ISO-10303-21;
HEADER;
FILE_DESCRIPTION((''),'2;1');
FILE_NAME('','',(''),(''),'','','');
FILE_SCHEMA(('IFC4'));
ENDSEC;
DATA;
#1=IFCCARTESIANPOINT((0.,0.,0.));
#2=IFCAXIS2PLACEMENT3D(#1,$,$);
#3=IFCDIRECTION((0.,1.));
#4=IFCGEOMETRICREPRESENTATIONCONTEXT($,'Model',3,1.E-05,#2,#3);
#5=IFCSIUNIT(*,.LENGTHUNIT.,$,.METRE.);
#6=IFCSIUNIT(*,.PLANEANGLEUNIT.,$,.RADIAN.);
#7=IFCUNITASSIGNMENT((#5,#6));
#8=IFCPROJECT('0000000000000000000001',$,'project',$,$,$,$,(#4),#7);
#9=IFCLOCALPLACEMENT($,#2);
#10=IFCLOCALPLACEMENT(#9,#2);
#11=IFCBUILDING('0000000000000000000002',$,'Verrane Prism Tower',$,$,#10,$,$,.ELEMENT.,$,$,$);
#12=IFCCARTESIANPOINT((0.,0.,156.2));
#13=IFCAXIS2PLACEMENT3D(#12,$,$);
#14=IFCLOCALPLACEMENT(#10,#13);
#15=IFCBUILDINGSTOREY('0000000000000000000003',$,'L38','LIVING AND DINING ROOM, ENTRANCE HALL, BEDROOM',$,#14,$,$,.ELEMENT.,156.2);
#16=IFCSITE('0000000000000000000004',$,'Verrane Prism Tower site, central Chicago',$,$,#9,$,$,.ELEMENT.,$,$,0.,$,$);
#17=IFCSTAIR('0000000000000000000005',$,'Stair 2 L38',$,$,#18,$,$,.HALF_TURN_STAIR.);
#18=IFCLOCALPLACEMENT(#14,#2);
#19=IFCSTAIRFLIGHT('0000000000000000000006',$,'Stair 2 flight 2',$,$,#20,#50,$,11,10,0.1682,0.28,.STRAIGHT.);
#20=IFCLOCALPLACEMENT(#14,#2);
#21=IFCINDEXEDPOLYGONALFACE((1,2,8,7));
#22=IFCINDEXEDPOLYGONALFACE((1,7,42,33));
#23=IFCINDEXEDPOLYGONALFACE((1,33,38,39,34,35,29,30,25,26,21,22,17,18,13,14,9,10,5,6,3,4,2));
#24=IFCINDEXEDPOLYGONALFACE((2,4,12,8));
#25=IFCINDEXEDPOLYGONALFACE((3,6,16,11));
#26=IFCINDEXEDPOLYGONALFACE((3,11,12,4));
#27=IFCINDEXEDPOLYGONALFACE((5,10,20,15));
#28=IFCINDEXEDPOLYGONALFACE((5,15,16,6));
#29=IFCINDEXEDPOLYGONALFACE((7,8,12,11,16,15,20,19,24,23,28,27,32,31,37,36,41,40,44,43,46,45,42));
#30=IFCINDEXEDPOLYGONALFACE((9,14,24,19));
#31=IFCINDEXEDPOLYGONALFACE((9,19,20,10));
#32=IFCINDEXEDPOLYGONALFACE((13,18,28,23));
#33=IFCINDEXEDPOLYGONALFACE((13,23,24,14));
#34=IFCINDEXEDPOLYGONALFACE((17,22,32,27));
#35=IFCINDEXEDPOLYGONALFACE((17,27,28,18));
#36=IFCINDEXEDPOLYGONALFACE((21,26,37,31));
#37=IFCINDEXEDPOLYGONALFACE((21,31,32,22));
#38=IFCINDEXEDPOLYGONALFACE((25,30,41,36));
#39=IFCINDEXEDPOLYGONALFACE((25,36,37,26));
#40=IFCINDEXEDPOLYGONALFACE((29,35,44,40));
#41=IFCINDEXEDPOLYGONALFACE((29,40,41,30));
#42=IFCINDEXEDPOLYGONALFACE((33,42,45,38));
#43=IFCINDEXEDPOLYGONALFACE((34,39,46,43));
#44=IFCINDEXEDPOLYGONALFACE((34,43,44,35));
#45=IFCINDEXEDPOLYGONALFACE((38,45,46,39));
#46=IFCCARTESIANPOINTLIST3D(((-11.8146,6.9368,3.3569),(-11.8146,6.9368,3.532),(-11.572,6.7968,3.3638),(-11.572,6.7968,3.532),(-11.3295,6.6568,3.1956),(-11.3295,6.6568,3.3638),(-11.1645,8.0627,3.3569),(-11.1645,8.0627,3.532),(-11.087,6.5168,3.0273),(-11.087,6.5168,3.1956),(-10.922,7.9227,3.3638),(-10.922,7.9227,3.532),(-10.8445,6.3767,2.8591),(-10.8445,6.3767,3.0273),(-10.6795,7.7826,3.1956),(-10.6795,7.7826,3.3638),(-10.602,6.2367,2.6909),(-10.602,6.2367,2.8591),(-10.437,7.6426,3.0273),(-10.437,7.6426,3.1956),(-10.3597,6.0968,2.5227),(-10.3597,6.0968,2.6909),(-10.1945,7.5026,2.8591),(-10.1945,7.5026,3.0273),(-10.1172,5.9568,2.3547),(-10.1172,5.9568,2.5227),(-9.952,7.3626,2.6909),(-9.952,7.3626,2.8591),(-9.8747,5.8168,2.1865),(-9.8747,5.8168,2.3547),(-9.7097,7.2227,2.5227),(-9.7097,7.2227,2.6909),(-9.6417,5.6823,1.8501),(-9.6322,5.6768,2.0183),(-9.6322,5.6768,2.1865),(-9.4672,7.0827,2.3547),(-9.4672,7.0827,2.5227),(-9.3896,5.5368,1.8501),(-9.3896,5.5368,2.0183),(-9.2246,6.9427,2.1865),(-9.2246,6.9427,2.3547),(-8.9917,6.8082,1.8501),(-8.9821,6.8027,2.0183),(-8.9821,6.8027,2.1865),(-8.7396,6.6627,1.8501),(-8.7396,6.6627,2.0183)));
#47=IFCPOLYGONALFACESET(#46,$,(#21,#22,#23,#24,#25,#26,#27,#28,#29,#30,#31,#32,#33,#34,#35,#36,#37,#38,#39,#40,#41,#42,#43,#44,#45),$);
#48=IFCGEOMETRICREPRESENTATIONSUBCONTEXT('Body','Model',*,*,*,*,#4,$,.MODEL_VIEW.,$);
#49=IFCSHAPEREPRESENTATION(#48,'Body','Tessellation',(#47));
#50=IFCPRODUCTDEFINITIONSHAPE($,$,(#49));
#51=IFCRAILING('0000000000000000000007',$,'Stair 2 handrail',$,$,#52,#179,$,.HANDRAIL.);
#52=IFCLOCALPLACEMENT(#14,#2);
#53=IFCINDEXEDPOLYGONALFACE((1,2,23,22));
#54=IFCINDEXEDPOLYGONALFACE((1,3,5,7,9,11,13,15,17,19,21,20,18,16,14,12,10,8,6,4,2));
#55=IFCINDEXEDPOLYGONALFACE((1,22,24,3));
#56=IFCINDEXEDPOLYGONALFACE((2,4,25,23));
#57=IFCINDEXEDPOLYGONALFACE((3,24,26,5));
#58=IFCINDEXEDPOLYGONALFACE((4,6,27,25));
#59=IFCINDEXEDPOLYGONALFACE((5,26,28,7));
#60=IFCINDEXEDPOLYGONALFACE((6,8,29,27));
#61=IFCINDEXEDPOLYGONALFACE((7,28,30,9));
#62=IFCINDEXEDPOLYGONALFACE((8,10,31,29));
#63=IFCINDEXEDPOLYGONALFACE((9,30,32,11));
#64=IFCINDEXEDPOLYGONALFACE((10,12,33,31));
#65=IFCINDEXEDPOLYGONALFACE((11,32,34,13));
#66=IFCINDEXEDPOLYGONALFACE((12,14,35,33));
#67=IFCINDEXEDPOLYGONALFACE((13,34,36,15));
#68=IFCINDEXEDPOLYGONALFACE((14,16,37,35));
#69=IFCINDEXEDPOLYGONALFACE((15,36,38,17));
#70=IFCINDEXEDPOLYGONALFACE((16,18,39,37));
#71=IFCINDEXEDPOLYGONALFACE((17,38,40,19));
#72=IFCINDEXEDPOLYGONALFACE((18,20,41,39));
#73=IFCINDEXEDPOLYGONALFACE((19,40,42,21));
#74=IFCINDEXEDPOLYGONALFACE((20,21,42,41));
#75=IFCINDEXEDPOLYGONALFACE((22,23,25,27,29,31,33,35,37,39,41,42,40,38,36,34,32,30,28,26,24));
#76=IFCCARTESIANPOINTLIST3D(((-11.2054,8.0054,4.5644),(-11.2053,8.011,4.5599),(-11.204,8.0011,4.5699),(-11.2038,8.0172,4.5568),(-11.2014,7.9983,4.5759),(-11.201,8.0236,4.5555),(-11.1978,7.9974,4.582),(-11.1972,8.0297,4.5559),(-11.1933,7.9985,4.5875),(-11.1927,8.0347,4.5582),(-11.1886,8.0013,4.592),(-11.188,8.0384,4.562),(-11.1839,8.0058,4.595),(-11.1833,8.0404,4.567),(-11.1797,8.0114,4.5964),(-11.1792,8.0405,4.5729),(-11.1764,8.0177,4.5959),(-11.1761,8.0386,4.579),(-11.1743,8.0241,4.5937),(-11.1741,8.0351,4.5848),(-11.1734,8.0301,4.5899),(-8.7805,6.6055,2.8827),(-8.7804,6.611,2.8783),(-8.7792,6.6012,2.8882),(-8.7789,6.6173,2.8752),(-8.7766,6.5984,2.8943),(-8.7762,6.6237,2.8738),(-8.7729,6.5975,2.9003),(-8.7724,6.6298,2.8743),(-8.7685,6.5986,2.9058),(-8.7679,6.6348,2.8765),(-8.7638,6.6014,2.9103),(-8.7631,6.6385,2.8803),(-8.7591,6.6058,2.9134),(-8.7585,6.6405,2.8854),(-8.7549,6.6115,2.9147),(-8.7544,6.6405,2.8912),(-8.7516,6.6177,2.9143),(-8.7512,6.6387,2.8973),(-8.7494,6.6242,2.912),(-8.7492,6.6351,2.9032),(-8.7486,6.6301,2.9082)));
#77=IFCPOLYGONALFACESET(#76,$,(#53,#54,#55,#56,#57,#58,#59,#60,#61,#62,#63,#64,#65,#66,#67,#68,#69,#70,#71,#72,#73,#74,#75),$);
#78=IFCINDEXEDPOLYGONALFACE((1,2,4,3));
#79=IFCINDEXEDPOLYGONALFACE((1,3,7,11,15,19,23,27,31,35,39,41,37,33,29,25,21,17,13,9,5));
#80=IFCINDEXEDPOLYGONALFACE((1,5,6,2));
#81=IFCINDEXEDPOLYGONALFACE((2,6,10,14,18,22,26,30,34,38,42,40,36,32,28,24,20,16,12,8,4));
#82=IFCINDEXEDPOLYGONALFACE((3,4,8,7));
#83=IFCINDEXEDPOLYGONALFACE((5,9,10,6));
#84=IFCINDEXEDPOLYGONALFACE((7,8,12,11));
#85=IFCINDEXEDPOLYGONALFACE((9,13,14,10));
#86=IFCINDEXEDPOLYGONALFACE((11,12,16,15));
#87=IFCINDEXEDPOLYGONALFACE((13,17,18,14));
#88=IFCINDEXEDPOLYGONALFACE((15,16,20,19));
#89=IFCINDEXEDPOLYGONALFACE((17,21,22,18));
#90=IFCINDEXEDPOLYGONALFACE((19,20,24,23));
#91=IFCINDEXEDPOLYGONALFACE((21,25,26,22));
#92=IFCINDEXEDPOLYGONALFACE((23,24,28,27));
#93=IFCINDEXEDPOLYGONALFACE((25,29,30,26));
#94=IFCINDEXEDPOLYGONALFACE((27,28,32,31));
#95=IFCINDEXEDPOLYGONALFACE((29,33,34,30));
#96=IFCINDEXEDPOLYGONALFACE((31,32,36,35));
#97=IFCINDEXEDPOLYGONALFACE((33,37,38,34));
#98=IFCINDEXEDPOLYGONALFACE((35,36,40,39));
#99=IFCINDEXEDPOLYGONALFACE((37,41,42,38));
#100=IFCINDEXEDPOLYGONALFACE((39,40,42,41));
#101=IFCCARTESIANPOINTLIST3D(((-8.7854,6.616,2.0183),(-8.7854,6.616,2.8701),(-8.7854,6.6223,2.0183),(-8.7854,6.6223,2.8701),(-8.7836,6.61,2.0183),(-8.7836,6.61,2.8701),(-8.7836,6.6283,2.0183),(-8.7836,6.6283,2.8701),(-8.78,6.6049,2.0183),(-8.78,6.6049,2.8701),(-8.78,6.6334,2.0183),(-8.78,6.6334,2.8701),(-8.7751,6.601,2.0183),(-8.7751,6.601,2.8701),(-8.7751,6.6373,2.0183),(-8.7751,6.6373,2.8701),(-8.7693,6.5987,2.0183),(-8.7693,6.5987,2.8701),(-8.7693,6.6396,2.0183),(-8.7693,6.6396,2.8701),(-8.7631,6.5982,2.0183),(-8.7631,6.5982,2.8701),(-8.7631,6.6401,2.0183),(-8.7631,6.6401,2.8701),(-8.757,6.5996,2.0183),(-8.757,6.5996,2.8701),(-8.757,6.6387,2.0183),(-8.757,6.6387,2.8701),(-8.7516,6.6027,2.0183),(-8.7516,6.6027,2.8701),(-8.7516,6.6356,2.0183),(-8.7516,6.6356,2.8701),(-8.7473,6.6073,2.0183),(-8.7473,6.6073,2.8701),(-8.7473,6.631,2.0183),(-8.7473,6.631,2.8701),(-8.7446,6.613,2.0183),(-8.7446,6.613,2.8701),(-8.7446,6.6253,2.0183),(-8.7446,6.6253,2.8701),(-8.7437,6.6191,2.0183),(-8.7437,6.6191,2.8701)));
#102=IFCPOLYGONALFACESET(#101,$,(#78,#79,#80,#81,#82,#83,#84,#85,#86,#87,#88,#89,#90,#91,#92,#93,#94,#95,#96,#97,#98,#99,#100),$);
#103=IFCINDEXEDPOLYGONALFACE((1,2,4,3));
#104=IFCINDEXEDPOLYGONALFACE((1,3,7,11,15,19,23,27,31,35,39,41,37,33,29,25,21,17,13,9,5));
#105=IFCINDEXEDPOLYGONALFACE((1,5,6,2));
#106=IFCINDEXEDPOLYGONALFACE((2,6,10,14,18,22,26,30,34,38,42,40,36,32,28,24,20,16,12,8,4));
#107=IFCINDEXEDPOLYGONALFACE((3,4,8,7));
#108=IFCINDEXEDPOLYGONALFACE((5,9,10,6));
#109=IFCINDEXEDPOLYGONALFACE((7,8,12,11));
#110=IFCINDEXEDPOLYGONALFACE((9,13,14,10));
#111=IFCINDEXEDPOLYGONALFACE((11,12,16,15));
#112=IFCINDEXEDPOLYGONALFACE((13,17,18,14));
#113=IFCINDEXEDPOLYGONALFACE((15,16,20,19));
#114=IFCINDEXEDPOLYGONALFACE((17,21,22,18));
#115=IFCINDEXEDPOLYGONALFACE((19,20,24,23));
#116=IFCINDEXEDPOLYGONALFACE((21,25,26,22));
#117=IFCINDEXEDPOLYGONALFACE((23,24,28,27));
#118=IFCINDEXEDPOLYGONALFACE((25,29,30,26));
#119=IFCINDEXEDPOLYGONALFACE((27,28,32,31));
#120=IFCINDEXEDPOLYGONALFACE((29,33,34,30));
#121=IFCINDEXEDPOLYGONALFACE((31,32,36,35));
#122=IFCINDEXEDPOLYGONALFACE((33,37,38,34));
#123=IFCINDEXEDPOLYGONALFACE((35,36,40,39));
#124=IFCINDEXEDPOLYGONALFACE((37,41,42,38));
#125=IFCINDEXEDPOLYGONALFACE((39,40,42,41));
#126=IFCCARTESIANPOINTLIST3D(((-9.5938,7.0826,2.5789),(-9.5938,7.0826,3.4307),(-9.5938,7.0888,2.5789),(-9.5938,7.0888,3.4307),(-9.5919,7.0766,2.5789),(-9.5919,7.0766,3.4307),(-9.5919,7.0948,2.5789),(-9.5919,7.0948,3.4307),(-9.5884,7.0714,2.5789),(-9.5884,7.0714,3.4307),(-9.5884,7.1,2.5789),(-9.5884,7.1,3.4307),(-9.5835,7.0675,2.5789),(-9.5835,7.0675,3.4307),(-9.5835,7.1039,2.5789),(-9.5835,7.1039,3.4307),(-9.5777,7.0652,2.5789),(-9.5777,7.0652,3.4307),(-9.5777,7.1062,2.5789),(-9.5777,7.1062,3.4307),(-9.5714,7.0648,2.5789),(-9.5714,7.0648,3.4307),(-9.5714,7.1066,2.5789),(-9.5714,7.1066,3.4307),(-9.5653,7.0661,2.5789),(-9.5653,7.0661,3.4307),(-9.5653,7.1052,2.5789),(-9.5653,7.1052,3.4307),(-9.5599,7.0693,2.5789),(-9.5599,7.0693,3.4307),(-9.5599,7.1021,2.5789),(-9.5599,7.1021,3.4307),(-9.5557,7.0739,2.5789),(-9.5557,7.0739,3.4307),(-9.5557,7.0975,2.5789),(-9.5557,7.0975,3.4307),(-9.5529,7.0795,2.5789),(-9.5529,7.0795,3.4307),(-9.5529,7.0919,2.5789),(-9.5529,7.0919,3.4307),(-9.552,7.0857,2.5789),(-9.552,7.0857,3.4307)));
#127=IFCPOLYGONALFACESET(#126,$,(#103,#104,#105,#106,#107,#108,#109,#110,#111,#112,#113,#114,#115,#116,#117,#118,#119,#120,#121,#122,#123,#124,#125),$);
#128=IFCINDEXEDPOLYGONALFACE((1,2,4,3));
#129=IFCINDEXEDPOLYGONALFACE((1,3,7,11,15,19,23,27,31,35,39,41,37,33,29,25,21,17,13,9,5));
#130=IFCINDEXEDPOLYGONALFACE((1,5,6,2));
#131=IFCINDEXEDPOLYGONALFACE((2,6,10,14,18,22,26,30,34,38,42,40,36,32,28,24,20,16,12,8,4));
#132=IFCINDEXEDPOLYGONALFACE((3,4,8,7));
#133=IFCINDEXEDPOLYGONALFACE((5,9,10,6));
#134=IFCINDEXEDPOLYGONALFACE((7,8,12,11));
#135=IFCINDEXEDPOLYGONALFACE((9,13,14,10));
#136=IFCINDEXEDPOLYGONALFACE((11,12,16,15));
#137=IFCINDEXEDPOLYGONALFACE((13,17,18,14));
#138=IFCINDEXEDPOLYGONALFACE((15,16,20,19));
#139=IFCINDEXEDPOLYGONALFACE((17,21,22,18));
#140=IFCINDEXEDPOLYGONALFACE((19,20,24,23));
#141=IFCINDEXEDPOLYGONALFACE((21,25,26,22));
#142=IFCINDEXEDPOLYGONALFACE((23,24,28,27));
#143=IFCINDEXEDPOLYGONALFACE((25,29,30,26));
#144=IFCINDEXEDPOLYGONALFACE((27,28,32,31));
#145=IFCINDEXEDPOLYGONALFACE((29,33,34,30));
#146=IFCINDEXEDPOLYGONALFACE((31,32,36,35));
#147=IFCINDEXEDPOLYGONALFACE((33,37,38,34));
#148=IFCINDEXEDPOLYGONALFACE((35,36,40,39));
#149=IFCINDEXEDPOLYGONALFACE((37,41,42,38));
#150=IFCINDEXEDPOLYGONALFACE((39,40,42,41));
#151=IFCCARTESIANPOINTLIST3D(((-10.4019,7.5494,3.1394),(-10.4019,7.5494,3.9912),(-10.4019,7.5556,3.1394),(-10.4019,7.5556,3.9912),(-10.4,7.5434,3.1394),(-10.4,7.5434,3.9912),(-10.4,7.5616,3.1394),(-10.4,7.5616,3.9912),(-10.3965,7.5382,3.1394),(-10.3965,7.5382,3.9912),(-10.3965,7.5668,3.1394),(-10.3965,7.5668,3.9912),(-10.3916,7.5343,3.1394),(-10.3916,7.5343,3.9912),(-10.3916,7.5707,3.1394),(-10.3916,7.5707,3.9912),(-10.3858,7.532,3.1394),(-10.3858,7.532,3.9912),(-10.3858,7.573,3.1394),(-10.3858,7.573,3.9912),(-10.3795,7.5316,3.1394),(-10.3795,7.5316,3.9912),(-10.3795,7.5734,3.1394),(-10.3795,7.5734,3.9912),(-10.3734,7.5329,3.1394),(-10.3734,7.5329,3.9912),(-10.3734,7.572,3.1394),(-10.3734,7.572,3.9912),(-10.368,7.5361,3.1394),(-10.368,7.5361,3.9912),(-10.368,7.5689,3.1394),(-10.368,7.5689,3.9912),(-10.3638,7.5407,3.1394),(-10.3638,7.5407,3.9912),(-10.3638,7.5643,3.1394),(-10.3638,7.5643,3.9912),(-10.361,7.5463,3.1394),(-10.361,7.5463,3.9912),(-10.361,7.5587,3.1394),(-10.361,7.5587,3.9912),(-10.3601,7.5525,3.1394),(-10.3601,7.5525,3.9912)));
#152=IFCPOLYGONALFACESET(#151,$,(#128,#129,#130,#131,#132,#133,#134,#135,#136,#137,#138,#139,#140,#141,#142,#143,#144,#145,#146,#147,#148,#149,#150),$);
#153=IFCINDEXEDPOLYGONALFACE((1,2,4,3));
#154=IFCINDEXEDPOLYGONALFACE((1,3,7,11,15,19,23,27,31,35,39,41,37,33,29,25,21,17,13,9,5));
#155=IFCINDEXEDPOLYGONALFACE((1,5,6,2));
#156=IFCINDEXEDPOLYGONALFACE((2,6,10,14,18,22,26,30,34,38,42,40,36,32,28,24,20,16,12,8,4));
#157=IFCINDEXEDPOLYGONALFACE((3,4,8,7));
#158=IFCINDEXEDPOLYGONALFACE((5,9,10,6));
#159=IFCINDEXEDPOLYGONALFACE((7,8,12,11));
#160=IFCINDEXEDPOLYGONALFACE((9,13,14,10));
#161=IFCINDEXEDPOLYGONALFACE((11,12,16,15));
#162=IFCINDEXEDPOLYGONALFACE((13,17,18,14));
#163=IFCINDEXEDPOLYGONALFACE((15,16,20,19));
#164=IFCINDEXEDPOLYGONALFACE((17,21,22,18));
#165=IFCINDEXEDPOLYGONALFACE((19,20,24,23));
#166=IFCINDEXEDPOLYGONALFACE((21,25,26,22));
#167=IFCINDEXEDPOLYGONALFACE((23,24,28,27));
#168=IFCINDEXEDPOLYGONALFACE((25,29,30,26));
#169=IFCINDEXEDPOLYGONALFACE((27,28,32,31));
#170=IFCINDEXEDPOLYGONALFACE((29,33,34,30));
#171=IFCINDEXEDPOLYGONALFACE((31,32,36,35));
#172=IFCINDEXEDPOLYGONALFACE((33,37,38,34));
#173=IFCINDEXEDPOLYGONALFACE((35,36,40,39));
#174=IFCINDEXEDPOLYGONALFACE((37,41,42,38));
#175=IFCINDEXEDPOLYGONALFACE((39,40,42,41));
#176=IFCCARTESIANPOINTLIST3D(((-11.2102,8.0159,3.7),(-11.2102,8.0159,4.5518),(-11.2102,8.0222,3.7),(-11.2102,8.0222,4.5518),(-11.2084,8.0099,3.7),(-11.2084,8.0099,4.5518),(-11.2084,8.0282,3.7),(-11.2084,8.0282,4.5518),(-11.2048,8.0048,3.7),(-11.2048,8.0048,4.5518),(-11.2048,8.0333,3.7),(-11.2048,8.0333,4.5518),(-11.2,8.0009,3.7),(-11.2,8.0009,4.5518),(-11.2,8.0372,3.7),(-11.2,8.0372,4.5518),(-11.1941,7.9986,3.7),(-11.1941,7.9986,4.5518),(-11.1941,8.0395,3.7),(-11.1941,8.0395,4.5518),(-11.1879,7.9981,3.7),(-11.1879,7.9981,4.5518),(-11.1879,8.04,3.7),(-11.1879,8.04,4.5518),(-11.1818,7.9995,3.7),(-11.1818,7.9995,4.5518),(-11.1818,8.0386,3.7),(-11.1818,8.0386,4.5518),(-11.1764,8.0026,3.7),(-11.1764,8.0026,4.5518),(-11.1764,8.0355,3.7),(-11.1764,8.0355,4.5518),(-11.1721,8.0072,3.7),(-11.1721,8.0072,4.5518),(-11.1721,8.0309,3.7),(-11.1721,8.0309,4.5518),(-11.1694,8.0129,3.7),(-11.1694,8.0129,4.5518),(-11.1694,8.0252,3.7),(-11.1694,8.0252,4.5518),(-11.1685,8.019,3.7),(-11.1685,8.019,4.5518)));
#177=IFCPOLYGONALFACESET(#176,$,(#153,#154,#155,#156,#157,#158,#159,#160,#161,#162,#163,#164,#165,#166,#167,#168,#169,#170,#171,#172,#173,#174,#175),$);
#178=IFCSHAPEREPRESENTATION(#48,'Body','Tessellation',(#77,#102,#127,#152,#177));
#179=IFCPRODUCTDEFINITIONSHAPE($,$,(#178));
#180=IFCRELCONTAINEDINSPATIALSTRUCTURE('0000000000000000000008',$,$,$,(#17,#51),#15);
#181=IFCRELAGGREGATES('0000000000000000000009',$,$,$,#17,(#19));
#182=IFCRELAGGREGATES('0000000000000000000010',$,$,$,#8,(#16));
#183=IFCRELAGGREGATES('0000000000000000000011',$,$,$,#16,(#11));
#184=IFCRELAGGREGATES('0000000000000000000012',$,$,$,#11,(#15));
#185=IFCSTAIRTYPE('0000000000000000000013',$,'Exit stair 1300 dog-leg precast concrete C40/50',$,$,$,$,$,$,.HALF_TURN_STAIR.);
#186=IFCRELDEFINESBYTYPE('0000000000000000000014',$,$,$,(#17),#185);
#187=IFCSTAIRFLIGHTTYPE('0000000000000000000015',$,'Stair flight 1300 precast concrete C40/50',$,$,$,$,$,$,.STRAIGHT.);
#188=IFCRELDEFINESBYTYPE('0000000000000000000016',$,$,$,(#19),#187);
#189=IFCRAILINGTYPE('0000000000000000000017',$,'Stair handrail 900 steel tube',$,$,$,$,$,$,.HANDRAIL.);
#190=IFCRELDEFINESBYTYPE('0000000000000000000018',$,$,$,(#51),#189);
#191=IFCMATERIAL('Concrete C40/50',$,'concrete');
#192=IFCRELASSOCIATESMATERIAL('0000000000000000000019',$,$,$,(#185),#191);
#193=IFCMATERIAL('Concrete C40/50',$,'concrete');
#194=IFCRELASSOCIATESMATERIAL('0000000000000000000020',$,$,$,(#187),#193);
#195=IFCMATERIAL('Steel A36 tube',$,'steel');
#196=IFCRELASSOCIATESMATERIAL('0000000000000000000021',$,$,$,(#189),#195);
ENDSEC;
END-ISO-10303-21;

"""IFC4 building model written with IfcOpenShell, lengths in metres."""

from ifc_helpers import new_model, si_unit, direction, frame, origin, origin_2d, place, context, subcontext, project, spatial, polyline, circle, outline, extrude, material, type_object, element, aggregate, save


model = new_model("IFC4")

# Units and contexts
model_context = context("Model", 3, precision=1e-05, world=origin(), true_north=direction((0.0, 1.0)))
body_context = subcontext(model_context, "Body", "Model", "MODEL_VIEW")
ifc_project = project(units=[si_unit("LENGTHUNIT", "METRE"), si_unit("PLANEANGLEUNIT", "RADIAN")], contexts=[model_context])

# Site, building, storey
site_placement = place(None, origin())
site = spatial("IfcSite", under=ifc_project, at=site_placement, Name="Verrane Prism Tower site, central Chicago", CompositionType="ELEMENT", RefElevation=0.0)
building_placement = place(site_placement, origin())
building = spatial("IfcBuilding", under=site, at=building_placement, Name="Verrane Prism Tower", CompositionType="ELEMENT")
storey_placement = place(building_placement, frame((0.0, 0.0, 156.2)))
storey = spatial("IfcBuildingStorey", under=building, at=storey_placement, Name="L38", Description="LIVING AND DINING ROOM, ENTRANCE HALL, BEDROOM", CompositionType="ELEMENT", Elevation=156.2)

# Stair, stair flight
ifc_material_1 = material(Name="Concrete C40/50", Category="concrete")
stair_type = type_object("IfcStairType", Name="Exit stair 1300 dog-leg precast concrete C40/50", PredefinedType="HALF_TURN_STAIR", material=ifc_material_1)
stair_placement = place(storey_placement, origin())
stair = element("IfcStair", 1, at=stair_placement, inside=storey, type_object=stair_type, Name="Stair 2 L38", PredefinedType="HALF_TURN_STAIR")
ifc_material_2 = material(Name="Concrete C40/50", Category="concrete")
stair_flight_type = type_object("IfcStairFlightType", Name="Stair flight 1300 precast concrete C40/50", PredefinedType="STRAIGHT", material=ifc_material_2)
stair_flight_1_placement = place(storey_placement, frame((-9.0647, 6.0996, 1.8501), z_axis=(0.0, 0.0, 1.0), x_axis=(-0.866025, 0.5, 0.0)))
stair_flight_1 = element("IfcStairFlight", 2, at=stair_flight_1_placement, type_object=stair_flight_type, Name="Stair 2 flight 2", NumberOfRisers=11, NumberOfTreads=10, PredefinedType="STRAIGHT", RiserHeight=0.1682, TreadLength=0.28, context=body_context, shape_type="SweptSolid", body=[
    extrude(outline(polyline([(0.0, 0.0), (0.0, 0.1682), (0.28, 0.1682), (0.28, 0.3364), (0.5601, 0.3364), (0.5601, 0.5046), (0.8401, 0.5046), (0.8401, 0.6726), (1.1201, 0.6726), (1.1201, 0.8408), (1.3999, 0.8408), (1.3999, 1.009), (1.6799, 1.009), (1.6799, 1.1772), (1.96, 1.1772), (1.96, 1.3455), (2.24, 1.3455), (2.24, 1.5137), (2.52, 1.5137), (2.52, 1.6819), (2.8, 1.6819), (2.8, 1.8501), (2.8, 1.5068), (0.291, 0.0), (0.0, 0.0)])), frame((0.0, 0.6499, 0.0), z_axis=(0.0, -1.0, 0.0), x_axis=(1.0, 0.0, 0.0)), (0.0, 0.0, 1.0), 1.3),
])
aggregate(stair, [stair_flight_1])

# Railing
ifc_material_3 = material(Name="Steel A36 tube", Category="steel")
railing_type_1 = type_object("IfcRailingType", Name="Stair handrail 900 steel tube", PredefinedType="HANDRAIL", material=ifc_material_3)
railing_1_placement = place(storey_placement, frame((-8.7646, 6.6191, 2.0183)))
element("IfcRailing", 3, at=railing_1_placement, inside=storey, type_object=railing_type_1, Name="Stair 2 handrail", PredefinedType="HANDRAIL", context=body_context, shape_type="SweptSolid", body=[
    extrude(circle(Radius=0.0239, at=origin_2d()), frame((0.0, 0.0, 0.876), z_axis=(-0.742419, 0.428618, 0.514879), x_axis=(-0.499984, -0.866035, 0.0)), (0.0, 0.0, 1.0), 3.2661),
    extrude(circle(Radius=0.021, at=origin_2d()), origin(), (0.0, 0.0, 1.0), 0.8518),
    extrude(circle(Radius=0.021, at=origin_2d()), frame((-0.8083, 0.4666, 0.5605)), (0.0, 0.0, 1.0), 0.8518),
    extrude(circle(Radius=0.021, at=origin_2d()), frame((-1.6165, 0.9333, 1.1211)), (0.0, 0.0, 1.0), 0.8518),
    extrude(circle(Radius=0.021, at=origin_2d()), frame((-2.4248, 1.3999, 1.6816)), (0.0, 0.0, 1.0), 0.8518),
])

save(model, "model.ifc")
